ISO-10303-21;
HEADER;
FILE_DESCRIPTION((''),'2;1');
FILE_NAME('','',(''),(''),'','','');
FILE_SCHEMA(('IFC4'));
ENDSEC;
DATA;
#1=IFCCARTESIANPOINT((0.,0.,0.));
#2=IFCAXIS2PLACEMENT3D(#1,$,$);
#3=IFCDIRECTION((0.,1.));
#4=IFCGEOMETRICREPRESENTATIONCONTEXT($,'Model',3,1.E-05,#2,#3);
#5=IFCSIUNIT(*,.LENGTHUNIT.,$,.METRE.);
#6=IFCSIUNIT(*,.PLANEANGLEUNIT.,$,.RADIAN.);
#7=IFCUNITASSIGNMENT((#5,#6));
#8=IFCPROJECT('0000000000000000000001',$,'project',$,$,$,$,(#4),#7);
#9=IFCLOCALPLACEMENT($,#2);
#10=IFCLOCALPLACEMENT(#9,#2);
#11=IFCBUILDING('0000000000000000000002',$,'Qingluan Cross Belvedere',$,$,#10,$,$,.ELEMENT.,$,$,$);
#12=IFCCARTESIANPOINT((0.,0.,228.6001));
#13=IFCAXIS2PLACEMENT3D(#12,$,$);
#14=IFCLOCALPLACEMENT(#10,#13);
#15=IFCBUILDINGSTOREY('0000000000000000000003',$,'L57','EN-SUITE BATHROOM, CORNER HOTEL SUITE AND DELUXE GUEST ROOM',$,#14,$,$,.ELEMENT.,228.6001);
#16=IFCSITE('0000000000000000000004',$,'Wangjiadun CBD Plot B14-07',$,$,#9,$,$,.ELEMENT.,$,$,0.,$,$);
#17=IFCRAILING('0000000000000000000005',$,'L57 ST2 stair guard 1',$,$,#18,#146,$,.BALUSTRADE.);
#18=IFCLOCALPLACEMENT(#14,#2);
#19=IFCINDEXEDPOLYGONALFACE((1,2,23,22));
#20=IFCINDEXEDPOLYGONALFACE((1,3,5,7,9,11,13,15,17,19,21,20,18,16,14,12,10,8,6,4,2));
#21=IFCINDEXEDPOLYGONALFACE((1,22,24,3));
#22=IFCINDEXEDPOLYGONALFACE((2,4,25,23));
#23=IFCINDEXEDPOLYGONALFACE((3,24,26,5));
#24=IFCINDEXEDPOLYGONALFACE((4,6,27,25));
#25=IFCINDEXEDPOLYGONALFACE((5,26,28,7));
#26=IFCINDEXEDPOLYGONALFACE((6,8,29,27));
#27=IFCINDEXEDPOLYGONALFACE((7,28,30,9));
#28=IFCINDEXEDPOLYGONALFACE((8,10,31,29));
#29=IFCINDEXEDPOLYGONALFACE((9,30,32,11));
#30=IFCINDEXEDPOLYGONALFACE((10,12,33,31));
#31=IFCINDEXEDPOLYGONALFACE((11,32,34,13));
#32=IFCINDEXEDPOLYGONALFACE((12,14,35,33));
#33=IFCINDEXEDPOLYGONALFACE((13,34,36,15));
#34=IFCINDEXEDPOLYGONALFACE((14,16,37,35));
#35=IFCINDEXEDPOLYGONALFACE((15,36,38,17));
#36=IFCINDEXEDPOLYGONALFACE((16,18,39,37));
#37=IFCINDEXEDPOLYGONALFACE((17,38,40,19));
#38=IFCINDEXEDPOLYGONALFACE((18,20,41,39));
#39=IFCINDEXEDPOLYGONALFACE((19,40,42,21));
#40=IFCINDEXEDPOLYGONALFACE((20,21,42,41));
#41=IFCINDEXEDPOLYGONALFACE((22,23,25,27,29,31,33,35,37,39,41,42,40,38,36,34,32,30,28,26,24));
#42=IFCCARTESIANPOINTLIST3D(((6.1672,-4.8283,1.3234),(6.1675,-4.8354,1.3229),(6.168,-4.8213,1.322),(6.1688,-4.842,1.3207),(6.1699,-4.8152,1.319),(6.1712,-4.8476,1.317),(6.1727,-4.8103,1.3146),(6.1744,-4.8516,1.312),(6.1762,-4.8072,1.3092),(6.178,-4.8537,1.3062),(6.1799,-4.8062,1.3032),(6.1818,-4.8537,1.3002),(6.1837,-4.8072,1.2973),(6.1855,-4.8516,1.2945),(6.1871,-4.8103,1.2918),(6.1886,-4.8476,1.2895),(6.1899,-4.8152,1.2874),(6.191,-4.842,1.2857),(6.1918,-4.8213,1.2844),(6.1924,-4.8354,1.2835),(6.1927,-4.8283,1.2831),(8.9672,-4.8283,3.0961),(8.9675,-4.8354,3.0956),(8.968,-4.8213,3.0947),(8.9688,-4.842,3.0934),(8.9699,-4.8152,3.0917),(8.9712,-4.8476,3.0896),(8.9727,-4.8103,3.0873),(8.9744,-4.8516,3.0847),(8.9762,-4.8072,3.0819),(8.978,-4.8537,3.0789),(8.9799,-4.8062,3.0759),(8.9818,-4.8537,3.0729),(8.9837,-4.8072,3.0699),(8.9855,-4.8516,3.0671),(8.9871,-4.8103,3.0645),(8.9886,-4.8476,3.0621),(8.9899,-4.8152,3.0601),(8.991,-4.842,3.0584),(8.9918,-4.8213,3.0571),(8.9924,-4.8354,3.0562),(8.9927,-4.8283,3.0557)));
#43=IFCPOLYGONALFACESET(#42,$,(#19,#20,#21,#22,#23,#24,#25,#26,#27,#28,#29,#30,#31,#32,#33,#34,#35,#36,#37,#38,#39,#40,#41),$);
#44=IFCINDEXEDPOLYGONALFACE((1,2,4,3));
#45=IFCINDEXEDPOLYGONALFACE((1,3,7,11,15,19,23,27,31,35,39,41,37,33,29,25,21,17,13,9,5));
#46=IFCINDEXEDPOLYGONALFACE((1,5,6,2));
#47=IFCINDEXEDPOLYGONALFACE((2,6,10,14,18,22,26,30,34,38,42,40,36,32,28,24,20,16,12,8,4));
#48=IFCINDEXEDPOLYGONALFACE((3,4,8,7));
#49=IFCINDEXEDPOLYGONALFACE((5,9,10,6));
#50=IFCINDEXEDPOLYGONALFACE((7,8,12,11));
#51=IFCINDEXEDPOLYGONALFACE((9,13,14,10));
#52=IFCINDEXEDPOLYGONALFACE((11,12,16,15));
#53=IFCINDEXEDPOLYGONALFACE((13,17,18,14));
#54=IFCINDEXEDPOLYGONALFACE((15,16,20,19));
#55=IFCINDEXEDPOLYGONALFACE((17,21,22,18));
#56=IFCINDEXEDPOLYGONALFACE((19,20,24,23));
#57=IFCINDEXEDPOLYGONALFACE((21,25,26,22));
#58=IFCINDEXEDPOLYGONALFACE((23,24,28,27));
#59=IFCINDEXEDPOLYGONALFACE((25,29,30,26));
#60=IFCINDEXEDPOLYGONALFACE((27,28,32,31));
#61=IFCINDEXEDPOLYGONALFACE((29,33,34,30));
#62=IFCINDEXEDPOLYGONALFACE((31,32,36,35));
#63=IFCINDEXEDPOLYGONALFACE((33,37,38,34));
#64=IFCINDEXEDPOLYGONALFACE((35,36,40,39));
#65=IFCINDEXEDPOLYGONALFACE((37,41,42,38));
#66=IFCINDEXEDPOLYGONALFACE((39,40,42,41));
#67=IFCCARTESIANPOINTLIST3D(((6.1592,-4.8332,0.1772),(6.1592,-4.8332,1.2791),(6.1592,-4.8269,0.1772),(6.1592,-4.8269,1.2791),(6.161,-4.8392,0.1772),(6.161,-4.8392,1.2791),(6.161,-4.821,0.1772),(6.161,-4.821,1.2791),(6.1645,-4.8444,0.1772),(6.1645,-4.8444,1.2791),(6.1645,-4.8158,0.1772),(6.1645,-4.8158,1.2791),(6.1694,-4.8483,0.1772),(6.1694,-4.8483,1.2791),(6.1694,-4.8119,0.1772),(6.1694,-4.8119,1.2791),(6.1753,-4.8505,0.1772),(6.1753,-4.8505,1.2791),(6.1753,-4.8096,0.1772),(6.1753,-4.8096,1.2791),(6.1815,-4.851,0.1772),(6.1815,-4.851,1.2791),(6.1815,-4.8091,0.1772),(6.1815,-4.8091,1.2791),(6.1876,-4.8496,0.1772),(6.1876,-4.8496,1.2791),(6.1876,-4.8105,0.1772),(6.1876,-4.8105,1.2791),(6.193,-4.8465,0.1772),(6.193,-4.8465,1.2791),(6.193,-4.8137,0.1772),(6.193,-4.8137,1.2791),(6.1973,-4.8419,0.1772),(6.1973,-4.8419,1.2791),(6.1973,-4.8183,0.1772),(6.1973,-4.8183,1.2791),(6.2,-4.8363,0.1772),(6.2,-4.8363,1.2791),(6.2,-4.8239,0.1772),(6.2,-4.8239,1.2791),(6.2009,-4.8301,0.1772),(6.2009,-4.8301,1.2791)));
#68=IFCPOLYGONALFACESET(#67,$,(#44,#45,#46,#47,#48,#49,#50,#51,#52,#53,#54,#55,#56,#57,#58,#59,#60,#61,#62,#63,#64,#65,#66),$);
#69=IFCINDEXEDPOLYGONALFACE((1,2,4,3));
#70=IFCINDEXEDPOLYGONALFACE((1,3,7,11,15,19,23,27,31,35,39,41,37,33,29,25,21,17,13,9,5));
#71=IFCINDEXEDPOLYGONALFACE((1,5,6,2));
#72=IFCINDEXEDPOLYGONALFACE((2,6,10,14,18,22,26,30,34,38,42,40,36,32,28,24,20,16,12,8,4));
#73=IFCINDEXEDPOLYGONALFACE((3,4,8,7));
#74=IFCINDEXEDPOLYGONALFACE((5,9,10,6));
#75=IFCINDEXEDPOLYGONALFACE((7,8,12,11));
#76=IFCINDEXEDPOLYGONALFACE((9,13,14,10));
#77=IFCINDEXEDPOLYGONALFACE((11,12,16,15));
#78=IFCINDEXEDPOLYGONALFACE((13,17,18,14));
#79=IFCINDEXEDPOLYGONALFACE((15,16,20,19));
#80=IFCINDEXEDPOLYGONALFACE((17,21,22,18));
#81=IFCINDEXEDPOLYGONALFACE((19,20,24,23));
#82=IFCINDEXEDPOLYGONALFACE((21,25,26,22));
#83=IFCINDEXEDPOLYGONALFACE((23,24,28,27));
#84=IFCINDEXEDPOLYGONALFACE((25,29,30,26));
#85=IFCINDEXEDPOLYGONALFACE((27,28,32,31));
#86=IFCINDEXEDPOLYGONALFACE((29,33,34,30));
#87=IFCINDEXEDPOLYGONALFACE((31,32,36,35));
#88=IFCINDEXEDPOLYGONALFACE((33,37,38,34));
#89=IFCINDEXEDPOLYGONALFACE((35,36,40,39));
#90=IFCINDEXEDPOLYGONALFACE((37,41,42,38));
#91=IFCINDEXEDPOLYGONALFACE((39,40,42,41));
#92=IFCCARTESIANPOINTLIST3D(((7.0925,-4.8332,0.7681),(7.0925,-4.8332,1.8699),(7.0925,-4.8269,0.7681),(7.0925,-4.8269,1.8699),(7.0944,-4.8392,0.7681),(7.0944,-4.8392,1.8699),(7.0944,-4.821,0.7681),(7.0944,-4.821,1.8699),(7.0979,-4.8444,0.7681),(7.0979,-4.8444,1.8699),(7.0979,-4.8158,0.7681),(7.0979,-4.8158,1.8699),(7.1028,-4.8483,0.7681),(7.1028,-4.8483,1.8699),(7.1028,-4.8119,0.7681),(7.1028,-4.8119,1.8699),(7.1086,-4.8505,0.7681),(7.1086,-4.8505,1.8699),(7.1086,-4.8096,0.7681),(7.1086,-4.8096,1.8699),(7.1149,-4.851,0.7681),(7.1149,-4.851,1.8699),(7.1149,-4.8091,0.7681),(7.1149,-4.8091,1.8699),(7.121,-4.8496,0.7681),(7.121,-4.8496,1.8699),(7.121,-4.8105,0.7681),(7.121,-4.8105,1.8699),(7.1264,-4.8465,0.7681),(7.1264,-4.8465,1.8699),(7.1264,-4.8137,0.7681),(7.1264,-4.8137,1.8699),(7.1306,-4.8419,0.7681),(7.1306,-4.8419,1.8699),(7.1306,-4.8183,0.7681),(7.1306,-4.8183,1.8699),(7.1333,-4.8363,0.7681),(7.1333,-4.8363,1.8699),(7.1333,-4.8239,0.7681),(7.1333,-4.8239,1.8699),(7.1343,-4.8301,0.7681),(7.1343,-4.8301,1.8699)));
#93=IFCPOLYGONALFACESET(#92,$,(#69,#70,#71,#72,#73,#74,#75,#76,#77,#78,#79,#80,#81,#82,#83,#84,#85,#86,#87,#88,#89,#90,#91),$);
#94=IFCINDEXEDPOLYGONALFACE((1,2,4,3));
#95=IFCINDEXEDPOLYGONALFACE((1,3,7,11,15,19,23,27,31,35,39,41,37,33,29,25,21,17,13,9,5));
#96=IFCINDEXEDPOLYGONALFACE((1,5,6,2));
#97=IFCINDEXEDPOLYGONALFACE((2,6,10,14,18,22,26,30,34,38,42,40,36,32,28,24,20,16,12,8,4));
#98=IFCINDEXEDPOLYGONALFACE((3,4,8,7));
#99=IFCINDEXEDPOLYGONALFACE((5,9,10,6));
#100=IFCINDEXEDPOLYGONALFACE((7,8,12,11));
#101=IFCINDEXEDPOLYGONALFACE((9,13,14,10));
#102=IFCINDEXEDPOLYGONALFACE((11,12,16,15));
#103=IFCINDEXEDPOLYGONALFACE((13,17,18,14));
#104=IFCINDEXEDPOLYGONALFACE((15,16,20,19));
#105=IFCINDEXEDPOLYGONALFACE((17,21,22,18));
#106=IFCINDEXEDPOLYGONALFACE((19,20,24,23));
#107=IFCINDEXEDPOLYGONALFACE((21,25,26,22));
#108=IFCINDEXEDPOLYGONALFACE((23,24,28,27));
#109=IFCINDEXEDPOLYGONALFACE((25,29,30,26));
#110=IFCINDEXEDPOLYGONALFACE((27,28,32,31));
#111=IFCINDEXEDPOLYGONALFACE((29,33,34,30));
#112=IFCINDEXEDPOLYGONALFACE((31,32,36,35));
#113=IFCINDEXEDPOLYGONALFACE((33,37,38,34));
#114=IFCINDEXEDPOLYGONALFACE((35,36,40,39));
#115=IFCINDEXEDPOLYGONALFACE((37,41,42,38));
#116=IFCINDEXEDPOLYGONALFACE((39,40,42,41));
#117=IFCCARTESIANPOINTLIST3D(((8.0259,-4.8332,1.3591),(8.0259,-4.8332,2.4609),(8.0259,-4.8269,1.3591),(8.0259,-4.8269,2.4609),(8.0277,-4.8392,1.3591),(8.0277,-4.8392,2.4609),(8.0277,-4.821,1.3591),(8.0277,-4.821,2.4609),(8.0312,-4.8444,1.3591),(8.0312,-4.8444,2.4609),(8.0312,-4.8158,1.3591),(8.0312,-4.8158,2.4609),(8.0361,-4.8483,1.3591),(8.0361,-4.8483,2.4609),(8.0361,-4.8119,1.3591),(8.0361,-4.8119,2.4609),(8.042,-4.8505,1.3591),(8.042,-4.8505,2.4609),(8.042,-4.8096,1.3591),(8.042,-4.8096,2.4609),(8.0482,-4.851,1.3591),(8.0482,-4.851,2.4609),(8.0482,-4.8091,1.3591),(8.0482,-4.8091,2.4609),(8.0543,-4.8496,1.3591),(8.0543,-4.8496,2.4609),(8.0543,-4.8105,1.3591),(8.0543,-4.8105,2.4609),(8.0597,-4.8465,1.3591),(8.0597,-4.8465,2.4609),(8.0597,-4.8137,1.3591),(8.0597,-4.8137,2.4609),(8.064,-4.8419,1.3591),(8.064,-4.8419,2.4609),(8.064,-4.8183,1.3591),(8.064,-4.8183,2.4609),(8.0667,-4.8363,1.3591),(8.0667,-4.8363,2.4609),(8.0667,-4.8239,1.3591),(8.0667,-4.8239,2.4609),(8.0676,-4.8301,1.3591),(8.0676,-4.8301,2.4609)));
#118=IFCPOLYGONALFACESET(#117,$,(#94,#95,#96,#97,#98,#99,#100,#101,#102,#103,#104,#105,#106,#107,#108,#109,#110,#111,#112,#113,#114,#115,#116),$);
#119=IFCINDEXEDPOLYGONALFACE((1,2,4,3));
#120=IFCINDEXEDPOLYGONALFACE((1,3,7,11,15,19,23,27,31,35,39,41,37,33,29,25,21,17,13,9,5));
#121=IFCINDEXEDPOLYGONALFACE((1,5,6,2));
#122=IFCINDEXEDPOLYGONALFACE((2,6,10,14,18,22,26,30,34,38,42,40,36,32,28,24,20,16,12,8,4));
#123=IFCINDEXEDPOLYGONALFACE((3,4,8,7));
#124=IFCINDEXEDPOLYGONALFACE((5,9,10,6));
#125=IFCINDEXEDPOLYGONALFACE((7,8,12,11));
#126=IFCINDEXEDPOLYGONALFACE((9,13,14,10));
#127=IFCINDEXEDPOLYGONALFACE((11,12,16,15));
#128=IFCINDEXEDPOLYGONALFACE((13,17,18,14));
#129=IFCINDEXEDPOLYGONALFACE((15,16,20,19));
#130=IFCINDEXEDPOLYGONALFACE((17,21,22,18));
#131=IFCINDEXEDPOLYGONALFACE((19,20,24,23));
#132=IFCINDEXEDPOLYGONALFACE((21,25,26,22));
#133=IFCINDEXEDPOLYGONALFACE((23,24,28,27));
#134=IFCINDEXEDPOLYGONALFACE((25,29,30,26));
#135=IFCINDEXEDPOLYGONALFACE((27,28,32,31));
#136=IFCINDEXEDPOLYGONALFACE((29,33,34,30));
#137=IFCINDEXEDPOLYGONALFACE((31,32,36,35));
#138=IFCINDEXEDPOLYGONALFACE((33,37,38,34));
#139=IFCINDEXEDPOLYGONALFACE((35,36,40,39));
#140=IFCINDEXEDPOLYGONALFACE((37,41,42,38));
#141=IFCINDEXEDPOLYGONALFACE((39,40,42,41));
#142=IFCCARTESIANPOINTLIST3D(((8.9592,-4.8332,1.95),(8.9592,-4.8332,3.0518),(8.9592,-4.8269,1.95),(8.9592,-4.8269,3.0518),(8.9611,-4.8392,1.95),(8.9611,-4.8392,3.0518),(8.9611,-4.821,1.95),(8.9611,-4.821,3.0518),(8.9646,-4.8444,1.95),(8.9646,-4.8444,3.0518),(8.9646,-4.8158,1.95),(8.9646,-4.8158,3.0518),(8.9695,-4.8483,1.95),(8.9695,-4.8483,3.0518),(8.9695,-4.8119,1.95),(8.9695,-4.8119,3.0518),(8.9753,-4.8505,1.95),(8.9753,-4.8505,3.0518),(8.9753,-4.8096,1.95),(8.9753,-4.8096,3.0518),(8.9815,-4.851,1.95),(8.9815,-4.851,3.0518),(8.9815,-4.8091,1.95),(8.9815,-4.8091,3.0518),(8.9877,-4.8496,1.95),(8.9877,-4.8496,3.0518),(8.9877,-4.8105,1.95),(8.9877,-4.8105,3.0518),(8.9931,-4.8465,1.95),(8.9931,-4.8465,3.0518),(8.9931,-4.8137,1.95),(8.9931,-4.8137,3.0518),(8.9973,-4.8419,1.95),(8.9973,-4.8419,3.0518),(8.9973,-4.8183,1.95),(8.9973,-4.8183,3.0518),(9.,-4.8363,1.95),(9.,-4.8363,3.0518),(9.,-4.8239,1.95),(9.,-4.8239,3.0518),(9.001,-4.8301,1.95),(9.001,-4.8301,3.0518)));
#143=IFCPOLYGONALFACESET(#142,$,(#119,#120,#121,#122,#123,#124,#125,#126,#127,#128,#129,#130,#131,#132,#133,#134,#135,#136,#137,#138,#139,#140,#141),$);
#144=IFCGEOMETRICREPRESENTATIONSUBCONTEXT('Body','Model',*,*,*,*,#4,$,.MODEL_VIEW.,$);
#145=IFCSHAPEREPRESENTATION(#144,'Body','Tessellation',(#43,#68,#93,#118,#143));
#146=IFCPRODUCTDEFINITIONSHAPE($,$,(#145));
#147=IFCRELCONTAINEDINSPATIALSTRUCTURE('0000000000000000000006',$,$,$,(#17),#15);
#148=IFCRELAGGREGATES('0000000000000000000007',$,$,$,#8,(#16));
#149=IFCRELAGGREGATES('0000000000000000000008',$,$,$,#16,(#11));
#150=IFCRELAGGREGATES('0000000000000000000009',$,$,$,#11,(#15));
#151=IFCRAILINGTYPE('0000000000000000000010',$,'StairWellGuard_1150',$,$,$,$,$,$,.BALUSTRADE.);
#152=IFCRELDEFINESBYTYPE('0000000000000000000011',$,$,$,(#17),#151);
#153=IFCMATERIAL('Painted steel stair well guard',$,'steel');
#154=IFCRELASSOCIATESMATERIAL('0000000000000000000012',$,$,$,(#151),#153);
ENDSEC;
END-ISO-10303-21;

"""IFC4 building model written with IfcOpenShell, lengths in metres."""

from ifc_helpers import new_model, si_unit, direction, frame, origin, origin_2d, place, context, subcontext, project, spatial, circle, extrude, material, type_object, element, save


model = new_model("IFC4")

# Units and contexts
model_context = context("Model", 3, precision=1e-05, world=origin(), true_north=direction((0.0, 1.0)))
body_context = subcontext(model_context, "Body", "Model", "MODEL_VIEW")
ifc_project = project(units=[si_unit("LENGTHUNIT", "METRE"), si_unit("PLANEANGLEUNIT", "RADIAN")], contexts=[model_context])

# Site, building, storey
site_placement = place(None, origin())
site = spatial("IfcSite", under=ifc_project, at=site_placement, Name="Wangjiadun CBD Plot B14-07", CompositionType="ELEMENT", RefElevation=0.0)
building_placement = place(site_placement, origin())
building = spatial("IfcBuilding", under=site, at=building_placement, Name="Qingluan Cross Belvedere", CompositionType="ELEMENT")
storey_placement = place(building_placement, frame((0.0, 0.0, 228.6001)))
storey = spatial("IfcBuildingStorey", under=building, at=storey_placement, Name="L57", Description="EN-SUITE BATHROOM, CORNER HOTEL SUITE AND DELUXE GUEST ROOM", CompositionType="ELEMENT", Elevation=228.6001)

# Railing
ifc_material_1 = material(Name="Painted steel stair well guard", Category="steel")
railing_type_1 = type_object("IfcRailingType", Name="StairWellGuard_1150", PredefinedType="BALUSTRADE", material=ifc_material_1)
railing_1_placement = place(storey_placement, frame((6.1799, -4.8301, 0.1772)))
element("IfcRailing", 1, at=railing_1_placement, inside=storey, type_object=railing_type_1, Name="L57 ST2 stair guard 1", PredefinedType="BALUSTRADE", context=body_context, shape_type="SweptSolid", body=[
    extrude(circle(Radius=0.0239, at=origin_2d()), frame((0.0, 0.0, 1.126), z_axis=(0.844909, 0.0, 0.53491), x_axis=(0.0, 1.0, 0.0)), (0.0, 0.0, 1.0), 3.314),
    extrude(circle(Radius=0.021, at=origin_2d()), origin(), (0.0, 0.0, 1.0), 1.1018),
    extrude(circle(Radius=0.021, at=origin_2d()), frame((0.9333, 0.0, 0.5908)), (0.0, 0.0, 1.0), 1.1018),
    extrude(circle(Radius=0.021, at=origin_2d()), frame((1.8667, 0.0, 1.1819)), (0.0, 0.0, 1.0), 1.1018),
    extrude(circle(Radius=0.021, at=origin_2d()), frame((2.8, 0.0, 1.7727)), (0.0, 0.0, 1.0), 1.1018),
])

save(model, "model.ifc")
